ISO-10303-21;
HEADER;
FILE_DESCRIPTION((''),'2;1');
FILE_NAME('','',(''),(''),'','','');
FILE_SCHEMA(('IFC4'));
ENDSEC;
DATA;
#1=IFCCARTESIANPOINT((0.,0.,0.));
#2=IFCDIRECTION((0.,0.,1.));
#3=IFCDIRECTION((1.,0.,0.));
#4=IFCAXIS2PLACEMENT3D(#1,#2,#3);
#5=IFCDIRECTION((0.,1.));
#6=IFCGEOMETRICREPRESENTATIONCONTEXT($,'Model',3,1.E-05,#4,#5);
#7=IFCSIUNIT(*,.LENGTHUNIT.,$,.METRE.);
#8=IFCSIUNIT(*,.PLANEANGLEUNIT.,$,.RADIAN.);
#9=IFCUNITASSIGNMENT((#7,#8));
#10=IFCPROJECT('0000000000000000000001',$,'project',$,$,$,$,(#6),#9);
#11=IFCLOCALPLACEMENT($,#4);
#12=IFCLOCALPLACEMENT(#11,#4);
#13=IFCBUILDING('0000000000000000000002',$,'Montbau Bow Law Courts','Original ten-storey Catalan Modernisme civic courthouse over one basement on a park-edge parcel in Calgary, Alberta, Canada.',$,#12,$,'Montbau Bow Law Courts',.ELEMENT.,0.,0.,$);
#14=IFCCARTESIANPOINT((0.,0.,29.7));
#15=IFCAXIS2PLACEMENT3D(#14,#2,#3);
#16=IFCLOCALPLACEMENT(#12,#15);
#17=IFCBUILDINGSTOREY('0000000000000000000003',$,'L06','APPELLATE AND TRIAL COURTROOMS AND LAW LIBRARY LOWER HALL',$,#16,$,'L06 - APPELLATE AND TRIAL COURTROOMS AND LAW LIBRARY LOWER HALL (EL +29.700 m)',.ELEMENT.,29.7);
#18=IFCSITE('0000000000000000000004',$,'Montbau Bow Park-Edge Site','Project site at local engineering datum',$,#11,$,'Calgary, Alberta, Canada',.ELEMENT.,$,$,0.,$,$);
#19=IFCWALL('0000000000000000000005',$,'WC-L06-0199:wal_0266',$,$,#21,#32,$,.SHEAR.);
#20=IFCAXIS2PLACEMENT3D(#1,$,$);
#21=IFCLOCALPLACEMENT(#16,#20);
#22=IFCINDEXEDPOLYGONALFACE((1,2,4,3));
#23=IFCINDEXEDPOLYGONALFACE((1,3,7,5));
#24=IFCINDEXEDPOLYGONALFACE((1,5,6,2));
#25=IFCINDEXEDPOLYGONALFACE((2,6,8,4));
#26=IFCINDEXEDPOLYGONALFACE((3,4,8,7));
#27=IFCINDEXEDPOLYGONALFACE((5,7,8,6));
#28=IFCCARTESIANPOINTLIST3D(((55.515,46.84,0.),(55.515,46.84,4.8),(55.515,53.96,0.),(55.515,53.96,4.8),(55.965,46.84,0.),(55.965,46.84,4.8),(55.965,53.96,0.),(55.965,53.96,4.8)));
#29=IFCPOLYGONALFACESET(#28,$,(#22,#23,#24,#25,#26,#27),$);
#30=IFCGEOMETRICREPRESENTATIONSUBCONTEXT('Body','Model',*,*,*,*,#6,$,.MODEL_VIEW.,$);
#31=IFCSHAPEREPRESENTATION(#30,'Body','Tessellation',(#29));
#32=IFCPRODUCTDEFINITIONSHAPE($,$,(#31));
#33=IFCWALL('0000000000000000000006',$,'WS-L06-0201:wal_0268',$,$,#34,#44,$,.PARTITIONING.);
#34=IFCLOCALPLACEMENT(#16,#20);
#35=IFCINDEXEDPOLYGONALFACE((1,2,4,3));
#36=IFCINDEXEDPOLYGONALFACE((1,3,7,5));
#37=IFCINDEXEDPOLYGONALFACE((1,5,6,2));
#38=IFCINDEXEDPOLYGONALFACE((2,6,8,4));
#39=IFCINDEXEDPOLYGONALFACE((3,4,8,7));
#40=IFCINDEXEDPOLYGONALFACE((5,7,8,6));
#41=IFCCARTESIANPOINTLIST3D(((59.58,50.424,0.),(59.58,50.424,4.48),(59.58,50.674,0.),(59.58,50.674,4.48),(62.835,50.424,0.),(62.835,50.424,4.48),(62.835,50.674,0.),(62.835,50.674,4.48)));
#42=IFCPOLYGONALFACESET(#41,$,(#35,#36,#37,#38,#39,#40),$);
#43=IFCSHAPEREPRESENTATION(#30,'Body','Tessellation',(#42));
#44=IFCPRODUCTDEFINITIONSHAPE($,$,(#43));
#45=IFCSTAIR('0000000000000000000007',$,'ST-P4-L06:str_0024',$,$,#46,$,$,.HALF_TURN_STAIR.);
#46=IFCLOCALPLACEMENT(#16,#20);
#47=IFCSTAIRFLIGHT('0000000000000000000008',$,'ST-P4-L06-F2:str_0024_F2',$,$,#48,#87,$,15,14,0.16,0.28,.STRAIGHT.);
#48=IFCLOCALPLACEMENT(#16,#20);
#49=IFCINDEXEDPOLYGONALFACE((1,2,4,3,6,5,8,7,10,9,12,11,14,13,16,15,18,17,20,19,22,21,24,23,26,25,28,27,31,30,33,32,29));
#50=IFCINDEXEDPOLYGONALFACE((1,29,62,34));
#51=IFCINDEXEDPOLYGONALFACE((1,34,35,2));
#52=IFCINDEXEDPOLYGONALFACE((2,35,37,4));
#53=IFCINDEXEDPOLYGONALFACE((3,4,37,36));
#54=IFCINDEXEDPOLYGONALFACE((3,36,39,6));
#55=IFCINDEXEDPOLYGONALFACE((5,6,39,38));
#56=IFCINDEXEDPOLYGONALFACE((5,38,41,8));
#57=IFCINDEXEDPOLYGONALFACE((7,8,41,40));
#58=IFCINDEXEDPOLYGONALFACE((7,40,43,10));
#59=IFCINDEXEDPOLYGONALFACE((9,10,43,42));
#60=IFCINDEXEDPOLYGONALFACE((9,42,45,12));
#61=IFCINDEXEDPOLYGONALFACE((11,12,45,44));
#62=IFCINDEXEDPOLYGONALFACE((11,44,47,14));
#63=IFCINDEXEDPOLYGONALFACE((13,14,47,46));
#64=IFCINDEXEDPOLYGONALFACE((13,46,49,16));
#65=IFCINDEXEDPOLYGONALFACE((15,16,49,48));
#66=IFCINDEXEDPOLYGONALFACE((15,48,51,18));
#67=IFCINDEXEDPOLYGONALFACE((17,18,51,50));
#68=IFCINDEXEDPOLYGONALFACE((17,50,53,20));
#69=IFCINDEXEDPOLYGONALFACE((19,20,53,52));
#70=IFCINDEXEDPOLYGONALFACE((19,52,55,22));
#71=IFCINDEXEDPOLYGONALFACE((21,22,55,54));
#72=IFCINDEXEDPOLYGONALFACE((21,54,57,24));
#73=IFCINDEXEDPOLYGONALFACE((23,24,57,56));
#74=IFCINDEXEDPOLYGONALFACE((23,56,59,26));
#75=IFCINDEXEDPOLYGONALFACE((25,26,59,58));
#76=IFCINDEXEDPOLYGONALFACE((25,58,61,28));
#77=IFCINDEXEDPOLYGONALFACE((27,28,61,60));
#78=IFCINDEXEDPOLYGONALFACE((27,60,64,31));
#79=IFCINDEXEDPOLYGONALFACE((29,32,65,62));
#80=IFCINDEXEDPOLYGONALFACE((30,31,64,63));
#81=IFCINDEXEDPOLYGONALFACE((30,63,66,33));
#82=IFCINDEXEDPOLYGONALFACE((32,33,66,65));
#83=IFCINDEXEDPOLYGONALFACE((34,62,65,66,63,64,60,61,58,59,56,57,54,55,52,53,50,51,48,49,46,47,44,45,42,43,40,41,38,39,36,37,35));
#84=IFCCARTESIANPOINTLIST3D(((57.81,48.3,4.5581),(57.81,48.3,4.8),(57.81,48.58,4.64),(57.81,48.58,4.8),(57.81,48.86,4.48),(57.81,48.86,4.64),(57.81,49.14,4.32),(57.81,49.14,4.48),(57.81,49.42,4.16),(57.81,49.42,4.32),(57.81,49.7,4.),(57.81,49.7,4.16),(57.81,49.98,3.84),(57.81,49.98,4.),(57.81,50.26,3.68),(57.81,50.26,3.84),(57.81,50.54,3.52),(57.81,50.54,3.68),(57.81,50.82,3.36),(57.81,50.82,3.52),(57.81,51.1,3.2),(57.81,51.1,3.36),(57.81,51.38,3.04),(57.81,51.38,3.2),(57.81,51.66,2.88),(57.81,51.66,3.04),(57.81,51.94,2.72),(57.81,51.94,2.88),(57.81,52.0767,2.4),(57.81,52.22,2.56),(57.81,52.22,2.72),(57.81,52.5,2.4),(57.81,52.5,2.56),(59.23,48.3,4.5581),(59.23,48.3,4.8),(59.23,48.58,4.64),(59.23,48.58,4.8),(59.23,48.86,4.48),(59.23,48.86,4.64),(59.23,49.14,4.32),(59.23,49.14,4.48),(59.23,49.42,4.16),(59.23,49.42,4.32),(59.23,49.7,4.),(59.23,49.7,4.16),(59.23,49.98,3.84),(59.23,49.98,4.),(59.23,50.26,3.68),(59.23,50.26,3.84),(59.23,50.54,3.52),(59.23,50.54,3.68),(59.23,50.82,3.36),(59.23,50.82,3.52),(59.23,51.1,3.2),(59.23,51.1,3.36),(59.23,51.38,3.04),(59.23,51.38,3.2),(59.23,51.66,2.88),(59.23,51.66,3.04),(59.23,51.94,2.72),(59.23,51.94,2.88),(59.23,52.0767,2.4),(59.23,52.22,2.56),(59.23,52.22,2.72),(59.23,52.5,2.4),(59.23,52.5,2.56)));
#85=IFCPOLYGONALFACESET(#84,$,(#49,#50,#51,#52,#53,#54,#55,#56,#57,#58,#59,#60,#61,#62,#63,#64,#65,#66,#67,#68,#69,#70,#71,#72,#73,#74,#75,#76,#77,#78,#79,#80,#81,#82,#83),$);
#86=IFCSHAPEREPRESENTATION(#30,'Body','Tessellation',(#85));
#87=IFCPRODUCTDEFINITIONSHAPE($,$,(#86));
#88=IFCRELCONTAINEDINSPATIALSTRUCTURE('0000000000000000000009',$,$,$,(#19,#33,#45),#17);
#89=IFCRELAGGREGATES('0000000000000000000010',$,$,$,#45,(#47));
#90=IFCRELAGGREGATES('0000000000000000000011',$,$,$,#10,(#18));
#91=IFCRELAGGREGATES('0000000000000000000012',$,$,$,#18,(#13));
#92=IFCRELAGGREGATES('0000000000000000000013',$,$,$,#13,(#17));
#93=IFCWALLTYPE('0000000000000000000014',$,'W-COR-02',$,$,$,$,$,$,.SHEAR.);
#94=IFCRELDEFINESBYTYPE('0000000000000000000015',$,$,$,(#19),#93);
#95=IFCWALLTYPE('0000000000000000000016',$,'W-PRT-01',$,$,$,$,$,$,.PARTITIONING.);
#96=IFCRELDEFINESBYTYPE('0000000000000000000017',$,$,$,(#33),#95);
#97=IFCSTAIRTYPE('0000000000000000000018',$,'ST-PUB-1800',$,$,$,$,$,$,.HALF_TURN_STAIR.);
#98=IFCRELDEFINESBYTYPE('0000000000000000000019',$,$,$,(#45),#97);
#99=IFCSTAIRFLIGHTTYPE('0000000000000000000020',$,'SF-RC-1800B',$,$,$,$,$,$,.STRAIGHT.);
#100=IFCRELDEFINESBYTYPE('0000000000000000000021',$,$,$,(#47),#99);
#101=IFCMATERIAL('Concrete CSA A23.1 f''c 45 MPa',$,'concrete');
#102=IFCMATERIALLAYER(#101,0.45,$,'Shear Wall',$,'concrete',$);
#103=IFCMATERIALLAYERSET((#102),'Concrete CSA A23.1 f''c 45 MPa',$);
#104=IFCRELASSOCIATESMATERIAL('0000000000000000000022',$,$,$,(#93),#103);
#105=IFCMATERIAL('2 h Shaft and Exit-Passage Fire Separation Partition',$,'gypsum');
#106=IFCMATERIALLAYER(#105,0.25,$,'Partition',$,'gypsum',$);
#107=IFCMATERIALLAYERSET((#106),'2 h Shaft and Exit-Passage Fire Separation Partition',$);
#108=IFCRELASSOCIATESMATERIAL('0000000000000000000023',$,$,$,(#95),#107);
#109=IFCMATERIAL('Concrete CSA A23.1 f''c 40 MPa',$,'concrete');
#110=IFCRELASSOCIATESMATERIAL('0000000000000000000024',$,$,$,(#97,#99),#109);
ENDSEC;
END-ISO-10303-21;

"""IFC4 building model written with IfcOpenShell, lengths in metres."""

from ifc_helpers import new_model, si_unit, direction, frame, frame_2d, origin_with_axes, place, context, subcontext, project, spatial, polyline, rectangle, outline, extrude, material, layer, layer_set, type_object, element, aggregate, save


model = new_model("IFC4")

# Units and contexts
model_context = context("Model", 3, precision=1e-05, world=origin_with_axes(), true_north=direction((0.0, 1.0)))
body_context = subcontext(model_context, "Body", "Model", "MODEL_VIEW")
ifc_project = project(units=[si_unit("LENGTHUNIT", "METRE"), si_unit("PLANEANGLEUNIT", "RADIAN")], contexts=[model_context])

# Site, building, storey
site_placement = place(None, origin_with_axes())
site = spatial("IfcSite", under=ifc_project, at=site_placement, Name="Montbau Bow Park-Edge Site", Description="Project site at local engineering datum", LongName="Calgary, Alberta, Canada", CompositionType="ELEMENT", RefElevation=0.0)
building_placement = place(site_placement, origin_with_axes())
building = spatial("IfcBuilding", under=site, at=building_placement, Name="Montbau Bow Law Courts", Description="Original ten-storey Catalan Modernisme civic courthouse over one basement on a park-edge parcel in Calgary, Alberta, Canada.", LongName="Montbau Bow Law Courts", CompositionType="ELEMENT", ElevationOfRefHeight=0.0, ElevationOfTerrain=0.0)
storey_placement = place(building_placement, frame((0.0, 0.0, 29.7), z_axis=(0.0, 0.0, 1.0), x_axis=(1.0, 0.0, 0.0)))
storey = spatial("IfcBuildingStorey", under=building, at=storey_placement, Name="L06", Description="APPELLATE AND TRIAL COURTROOMS AND LAW LIBRARY LOWER HALL", LongName="L06 - APPELLATE AND TRIAL COURTROOMS AND LAW LIBRARY LOWER HALL (EL +29.700 m)", CompositionType="ELEMENT", Elevation=29.7)

# Walls
ifc_material_1 = material(Name="Concrete CSA A23.1 f'c 45 MPa", Category="concrete")
ifc_layer_1 = layer(ifc_material_1, 0.45, Name="Shear Wall", Category="concrete")
ifc_layer_set_1 = layer_set([ifc_layer_1], Name="Concrete CSA A23.1 f'c 45 MPa")
wall_type_1 = type_object("IfcWallType", Name="W-COR-02", PredefinedType="SHEAR", material=ifc_layer_set_1)
wall_1_placement = place(None, frame((55.74, 53.96, 29.7), z_axis=(0.0, 0.0, 1.0), x_axis=(0.0, -1.0, 0.0)))
element("IfcWall", 1, at=wall_1_placement, inside=storey, type_object=wall_type_1, Name="WC-L06-0199:wal_0266", PredefinedType="SHEAR", context=body_context, shape_type="SweptSolid", body=[
    extrude(rectangle(XDim=7.12, YDim=0.45, at=frame_2d((3.56, 0.0), x_axis=(1.0, 0.0))), origin_with_axes(), (0.0, 0.0, 1.0), 4.8),
])
ifc_material_2 = material(Name="2 h Shaft and Exit-Passage Fire Separation Partition", Category="gypsum")
ifc_layer_2 = layer(ifc_material_2, 0.25, Name="Partition", Category="gypsum")
ifc_layer_set_2 = layer_set([ifc_layer_2], Name="2 h Shaft and Exit-Passage Fire Separation Partition")
wall_type_2 = type_object("IfcWallType", Name="W-PRT-01", PredefinedType="PARTITIONING", material=ifc_layer_set_2)
wall_2_placement = place(None, frame((59.58, 50.549, 29.7), z_axis=(0.0, 0.0, 1.0), x_axis=(1.0, 0.0, 0.0)))
element("IfcWall", 2, at=wall_2_placement, inside=storey, type_object=wall_type_2, Name="WS-L06-0201:wal_0268", PredefinedType="PARTITIONING", context=body_context, shape_type="SweptSolid", body=[
    extrude(rectangle(XDim=3.255, YDim=0.25, at=frame_2d((1.6275, 0.0), x_axis=(1.0, 0.0))), origin_with_axes(), (0.0, 0.0, 1.0), 4.48),
])

# Stair, stair flight
ifc_material_3 = material(Name="Concrete CSA A23.1 f'c 40 MPa", Category="concrete")
stair_type = type_object("IfcStairType", Name="ST-PUB-1800", PredefinedType="HALF_TURN_STAIR", material=ifc_material_3)
stair_placement = place(None, frame((56.705, 48.3, 29.7), z_axis=(0.0, 0.0, 1.0), x_axis=(1.0, 0.0, 0.0)))
stair = element("IfcStair", 3, at=stair_placement, inside=storey, type_object=stair_type, Name="ST-P4-L06:str_0024", PredefinedType="HALF_TURN_STAIR")
stair_flight_type = type_object("IfcStairFlightType", Name="SF-RC-1800B", PredefinedType="STRAIGHT", material=ifc_material_3)
stair_flight_placement = place(None, frame((58.52, 52.5, 32.1), z_axis=(0.0, 0.0, 1.0), x_axis=(0.0, -1.0, 0.0)))
stair_flight = element("IfcStairFlight", 4, at=stair_flight_placement, type_object=stair_flight_type, Name="ST-P4-L06-F2:str_0024_F2", NumberOfRisers=15, NumberOfTreads=14, PredefinedType="STRAIGHT", RiserHeight=0.16, TreadLength=0.28, context=body_context, shape_type="SweptSolid", body=[
    extrude(outline(polyline([(0.0, 0.0), (0.0, 0.16), (0.28, 0.16), (0.28, 0.32), (0.56, 0.32), (0.56, 0.48), (0.84, 0.48), (0.84, 0.64), (1.12, 0.64), (1.12, 0.8), (1.4, 0.8), (1.4, 0.96), (1.68, 0.96), (1.68, 1.12), (1.96, 1.12), (1.96, 1.28), (2.24, 1.28), (2.24, 1.44), (2.52, 1.44), (2.52, 1.6), (2.8, 1.6), (2.8, 1.76), (3.08, 1.76), (3.08, 1.92), (3.36, 1.92), (3.36, 2.08), (3.64, 2.08), (3.64, 2.24), (3.92, 2.24), (3.92, 2.4), (4.2, 2.4), (4.2, 2.1581), (0.4233, 0.0), (0.0, 0.0)])), frame((0.0, 0.71, 0.0), z_axis=(0.0, -1.0, 0.0), x_axis=(1.0, 0.0, 0.0)), (0.0, 0.0, 1.0), 1.42),
])
aggregate(stair, [stair_flight])

save(model, "model.ifc")
